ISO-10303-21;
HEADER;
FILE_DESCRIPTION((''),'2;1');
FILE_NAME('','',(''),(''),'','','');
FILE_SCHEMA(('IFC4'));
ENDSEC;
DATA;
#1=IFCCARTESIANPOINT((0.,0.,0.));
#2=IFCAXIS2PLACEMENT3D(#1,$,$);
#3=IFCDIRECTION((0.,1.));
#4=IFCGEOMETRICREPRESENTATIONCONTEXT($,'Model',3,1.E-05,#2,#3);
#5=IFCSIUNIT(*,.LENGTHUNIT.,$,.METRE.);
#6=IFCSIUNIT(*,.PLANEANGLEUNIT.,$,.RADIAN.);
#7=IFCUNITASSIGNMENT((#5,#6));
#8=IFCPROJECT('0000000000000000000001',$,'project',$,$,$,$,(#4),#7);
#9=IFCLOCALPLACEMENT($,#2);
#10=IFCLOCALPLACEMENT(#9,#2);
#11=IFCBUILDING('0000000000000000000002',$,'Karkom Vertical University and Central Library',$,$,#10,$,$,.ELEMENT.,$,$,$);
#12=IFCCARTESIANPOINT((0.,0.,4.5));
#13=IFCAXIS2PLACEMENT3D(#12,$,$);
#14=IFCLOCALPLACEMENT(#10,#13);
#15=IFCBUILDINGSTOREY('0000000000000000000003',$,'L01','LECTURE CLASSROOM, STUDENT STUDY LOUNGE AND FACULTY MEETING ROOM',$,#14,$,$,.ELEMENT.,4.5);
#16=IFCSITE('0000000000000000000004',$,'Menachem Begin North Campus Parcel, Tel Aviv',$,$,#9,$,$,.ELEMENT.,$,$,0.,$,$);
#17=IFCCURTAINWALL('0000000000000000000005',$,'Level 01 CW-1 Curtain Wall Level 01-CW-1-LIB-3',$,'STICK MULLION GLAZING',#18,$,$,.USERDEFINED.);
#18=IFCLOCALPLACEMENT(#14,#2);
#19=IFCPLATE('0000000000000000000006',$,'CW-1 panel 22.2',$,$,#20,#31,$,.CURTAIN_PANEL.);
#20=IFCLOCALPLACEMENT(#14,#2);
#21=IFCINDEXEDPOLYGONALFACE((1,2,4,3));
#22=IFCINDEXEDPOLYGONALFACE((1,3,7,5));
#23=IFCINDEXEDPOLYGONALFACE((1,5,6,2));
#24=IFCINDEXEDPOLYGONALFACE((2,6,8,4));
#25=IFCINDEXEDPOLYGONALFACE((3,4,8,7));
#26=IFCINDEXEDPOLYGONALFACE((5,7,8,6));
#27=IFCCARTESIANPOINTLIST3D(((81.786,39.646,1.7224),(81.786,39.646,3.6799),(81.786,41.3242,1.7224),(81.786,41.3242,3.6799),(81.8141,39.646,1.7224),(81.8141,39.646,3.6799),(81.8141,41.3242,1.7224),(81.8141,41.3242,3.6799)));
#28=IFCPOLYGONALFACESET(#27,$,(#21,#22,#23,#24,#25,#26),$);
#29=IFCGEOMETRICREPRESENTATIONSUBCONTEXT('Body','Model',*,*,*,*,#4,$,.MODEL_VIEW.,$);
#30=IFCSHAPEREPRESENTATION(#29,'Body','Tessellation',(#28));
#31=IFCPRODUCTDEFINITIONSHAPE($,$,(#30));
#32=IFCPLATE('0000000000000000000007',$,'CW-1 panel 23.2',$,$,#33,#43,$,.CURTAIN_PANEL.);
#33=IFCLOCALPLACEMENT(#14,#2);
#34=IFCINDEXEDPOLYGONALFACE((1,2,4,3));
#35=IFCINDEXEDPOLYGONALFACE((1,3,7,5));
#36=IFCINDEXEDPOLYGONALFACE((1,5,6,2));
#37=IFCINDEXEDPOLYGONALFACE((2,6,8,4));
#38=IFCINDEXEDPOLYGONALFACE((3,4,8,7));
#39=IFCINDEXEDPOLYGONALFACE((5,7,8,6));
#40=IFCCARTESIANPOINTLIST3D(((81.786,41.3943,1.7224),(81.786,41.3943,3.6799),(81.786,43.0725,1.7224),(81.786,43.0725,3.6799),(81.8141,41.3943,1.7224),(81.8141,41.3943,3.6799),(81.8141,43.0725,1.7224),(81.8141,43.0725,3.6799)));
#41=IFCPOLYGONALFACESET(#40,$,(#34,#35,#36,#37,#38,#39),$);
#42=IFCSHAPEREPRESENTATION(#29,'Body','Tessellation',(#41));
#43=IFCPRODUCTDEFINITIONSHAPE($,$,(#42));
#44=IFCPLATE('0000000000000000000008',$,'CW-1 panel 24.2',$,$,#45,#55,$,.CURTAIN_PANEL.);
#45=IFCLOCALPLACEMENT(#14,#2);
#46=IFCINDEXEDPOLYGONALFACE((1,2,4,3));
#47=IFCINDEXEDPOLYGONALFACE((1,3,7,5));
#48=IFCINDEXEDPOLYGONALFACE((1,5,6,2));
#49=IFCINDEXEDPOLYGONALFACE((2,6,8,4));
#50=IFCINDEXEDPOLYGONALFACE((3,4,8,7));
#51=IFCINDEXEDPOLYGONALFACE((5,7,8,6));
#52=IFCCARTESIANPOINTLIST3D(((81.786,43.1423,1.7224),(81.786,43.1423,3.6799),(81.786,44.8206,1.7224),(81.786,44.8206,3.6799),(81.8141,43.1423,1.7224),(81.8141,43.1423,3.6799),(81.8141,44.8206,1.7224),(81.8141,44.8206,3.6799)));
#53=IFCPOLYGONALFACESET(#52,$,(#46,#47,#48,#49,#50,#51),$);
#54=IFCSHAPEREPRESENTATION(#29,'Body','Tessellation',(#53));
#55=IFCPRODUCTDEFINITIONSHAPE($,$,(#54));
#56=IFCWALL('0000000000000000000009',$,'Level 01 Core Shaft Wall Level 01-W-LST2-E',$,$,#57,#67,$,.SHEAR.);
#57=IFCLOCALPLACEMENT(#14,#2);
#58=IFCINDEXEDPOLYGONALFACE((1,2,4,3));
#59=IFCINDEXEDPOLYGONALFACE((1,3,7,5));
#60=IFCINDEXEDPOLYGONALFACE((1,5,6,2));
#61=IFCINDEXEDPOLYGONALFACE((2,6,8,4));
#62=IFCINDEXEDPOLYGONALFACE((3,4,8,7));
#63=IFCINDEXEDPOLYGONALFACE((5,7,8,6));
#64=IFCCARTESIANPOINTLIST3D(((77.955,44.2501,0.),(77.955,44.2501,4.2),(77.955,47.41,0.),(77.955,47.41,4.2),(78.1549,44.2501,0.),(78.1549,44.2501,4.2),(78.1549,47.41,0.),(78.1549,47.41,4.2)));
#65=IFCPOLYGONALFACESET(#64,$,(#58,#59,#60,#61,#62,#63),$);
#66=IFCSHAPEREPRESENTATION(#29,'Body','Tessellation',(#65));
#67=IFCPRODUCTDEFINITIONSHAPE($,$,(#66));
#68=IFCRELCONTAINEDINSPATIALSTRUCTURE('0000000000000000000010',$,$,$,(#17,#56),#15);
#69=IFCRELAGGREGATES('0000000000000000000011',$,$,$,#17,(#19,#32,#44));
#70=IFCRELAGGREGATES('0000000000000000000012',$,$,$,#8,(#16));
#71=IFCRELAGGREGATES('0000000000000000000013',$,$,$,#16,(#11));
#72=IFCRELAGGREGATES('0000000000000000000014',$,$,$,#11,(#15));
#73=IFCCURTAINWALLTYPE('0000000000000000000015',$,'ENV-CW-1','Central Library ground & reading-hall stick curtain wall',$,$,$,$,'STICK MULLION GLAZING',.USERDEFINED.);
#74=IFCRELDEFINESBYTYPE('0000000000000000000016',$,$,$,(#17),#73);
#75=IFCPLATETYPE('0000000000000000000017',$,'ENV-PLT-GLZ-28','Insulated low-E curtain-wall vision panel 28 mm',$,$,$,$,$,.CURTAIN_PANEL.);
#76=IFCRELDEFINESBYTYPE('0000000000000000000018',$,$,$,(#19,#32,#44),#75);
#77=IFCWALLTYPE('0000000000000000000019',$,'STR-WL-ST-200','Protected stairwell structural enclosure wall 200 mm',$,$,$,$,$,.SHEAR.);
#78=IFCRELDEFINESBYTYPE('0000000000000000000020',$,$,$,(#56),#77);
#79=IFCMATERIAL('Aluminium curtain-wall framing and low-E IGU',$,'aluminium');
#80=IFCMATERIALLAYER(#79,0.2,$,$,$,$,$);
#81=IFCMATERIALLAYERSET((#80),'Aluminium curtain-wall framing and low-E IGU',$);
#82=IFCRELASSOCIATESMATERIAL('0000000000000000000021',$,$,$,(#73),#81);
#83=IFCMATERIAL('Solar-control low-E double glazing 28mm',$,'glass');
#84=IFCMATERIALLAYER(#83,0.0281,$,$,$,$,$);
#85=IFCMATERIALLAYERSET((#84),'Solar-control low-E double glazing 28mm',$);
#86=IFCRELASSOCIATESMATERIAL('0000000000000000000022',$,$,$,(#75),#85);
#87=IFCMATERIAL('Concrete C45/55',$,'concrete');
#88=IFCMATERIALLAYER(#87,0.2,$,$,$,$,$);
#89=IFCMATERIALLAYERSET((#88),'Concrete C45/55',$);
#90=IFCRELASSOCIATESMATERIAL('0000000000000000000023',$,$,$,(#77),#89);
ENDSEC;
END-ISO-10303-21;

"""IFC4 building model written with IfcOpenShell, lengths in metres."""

from ifc_helpers import new_model, si_unit, direction, frame, frame_2d, origin, origin_with_axes, origin_2d, place, context, subcontext, project, spatial, rectangle, extrude, source, transform, mapped, material, layer, layer_set, type_object, element, aggregate, save


model = new_model("IFC4")

# Units and contexts
model_context = context("Model", 3, precision=1e-05, world=origin(), true_north=direction((0.0, 1.0)))
body_context = subcontext(model_context, "Body", "Model", "MODEL_VIEW")
ifc_project = project(units=[si_unit("LENGTHUNIT", "METRE"), si_unit("PLANEANGLEUNIT", "RADIAN")], contexts=[model_context])

# Site, building, storey
site_placement = place(None, origin())
site = spatial("IfcSite", under=ifc_project, at=site_placement, Name="Menachem Begin North Campus Parcel, Tel Aviv", CompositionType="ELEMENT", RefElevation=0.0)
building_placement = place(site_placement, origin())
building = spatial("IfcBuilding", under=site, at=building_placement, Name="Karkom Vertical University and Central Library", CompositionType="ELEMENT")
storey_placement = place(building_placement, frame((0.0, 0.0, 4.5)))
storey = spatial("IfcBuildingStorey", under=building, at=storey_placement, Name="L01", Description="LECTURE CLASSROOM, STUDENT STUDY LOUNGE AND FACULTY MEETING ROOM", CompositionType="ELEMENT", Elevation=4.5)

# Curtain wall, plates
ifc_material_1 = material(Name="Aluminium curtain-wall framing and low-E IGU", Category="aluminium")
ifc_layer_1 = layer(ifc_material_1, 0.2)
ifc_layer_set_1 = layer_set([ifc_layer_1], Name="Aluminium curtain-wall framing and low-E IGU")
curtain_wall_type = type_object("IfcCurtainWallType", Name="ENV-CW-1", Description="Central Library ground & reading-hall stick curtain wall", ElementType="STICK MULLION GLAZING", PredefinedType="USERDEFINED", material=ifc_layer_set_1)
curtain_wall_placement = place(storey_placement, origin())
curtain_wall = element("IfcCurtainWall", 1, at=curtain_wall_placement, inside=storey, type_object=curtain_wall_type, Name="Level 01 CW-1 Curtain Wall Level 01-CW-1-LIB-3", ObjectType="STICK MULLION GLAZING", PredefinedType="USERDEFINED")
ifc_material_2 = material(Name="Solar-control low-E double glazing 28mm", Category="glass")
ifc_layer_2 = layer(ifc_material_2, 0.0281)
ifc_layer_set_2 = layer_set([ifc_layer_2], Name="Solar-control low-E double glazing 28mm")
plate_type = type_object("IfcPlateType", Name="ENV-PLT-GLZ-28", Description="Insulated low-E curtain-wall vision panel 28 mm", PredefinedType="CURTAIN_PANEL", material=ifc_layer_set_2)
shared_shape_1 = source(origin_with_axes(), body_context, "Body", "SweptSolid", [
    extrude(rectangle(XDim=1.6782, YDim=0.0281, at=origin_2d()), origin(), (0.0, 0.0, 1.0), 1.9575),
])
plate_1_placement = place(storey_placement, frame((81.8, 40.4851, 1.7224), z_axis=(0.0, 0.0, 1.0), x_axis=(0.0, 1.0, 0.0)))
plate_1 = element("IfcPlate", 2, at=plate_1_placement, type_object=plate_type, Name="CW-1 panel 22.2", PredefinedType="CURTAIN_PANEL", context=body_context, shape_type="MappedRepresentation", body=[
    mapped(shared_shape_1, transform((0.0, 0.0, 0.0), scale=1.0)),
])
plate_2_placement = place(storey_placement, frame((81.8, 42.2334, 1.7224), z_axis=(0.0, 0.0, 1.0), x_axis=(0.0, 1.0, 0.0)))
plate_2 = element("IfcPlate", 3, at=plate_2_placement, type_object=plate_type, Name="CW-1 panel 23.2", PredefinedType="CURTAIN_PANEL", context=body_context, shape_type="MappedRepresentation", body=[
    mapped(shared_shape_1, transform((0.0, 0.0, 0.0), scale=1.0)),
])
plate_3_placement = place(storey_placement, frame((81.8, 43.9814, 1.7224), z_axis=(0.0, 0.0, 1.0), x_axis=(0.0, 1.0, 0.0)))
plate_3 = element("IfcPlate", 4, at=plate_3_placement, type_object=plate_type, Name="CW-1 panel 24.2", PredefinedType="CURTAIN_PANEL", context=body_context, shape_type="MappedRepresentation", body=[
    mapped(shared_shape_1, transform((0.0, 0.0, 0.0), scale=1.0)),
])
aggregate(curtain_wall, [plate_1, plate_2, plate_3])

# Wall
ifc_material_3 = material(Name="Concrete C45/55", Category="concrete")
ifc_layer_3 = layer(ifc_material_3, 0.2)
ifc_layer_set_3 = layer_set([ifc_layer_3], Name="Concrete C45/55")
wall_type = type_object("IfcWallType", Name="STR-WL-ST-200", Description="Protected stairwell structural enclosure wall 200 mm", PredefinedType="SHEAR", material=ifc_layer_set_3)
wall_placement = place(storey_placement, frame((78.0549, 44.25, 0.0), z_axis=(0.0, 0.0, 1.0), x_axis=(0.0, 1.0, 0.0)))
element("IfcWall", 5, at=wall_placement, inside=storey, type_object=wall_type, Name="Level 01 Core Shaft Wall Level 01-W-LST2-E", PredefinedType="SHEAR", context=body_context, shape_type="SweptSolid", body=[
    extrude(rectangle(XDim=3.1599, YDim=0.2, at=frame_2d((1.5801, 0.0))), origin(), (0.0, 0.0, 1.0), 4.2),
])

save(model, "model.ifc")
